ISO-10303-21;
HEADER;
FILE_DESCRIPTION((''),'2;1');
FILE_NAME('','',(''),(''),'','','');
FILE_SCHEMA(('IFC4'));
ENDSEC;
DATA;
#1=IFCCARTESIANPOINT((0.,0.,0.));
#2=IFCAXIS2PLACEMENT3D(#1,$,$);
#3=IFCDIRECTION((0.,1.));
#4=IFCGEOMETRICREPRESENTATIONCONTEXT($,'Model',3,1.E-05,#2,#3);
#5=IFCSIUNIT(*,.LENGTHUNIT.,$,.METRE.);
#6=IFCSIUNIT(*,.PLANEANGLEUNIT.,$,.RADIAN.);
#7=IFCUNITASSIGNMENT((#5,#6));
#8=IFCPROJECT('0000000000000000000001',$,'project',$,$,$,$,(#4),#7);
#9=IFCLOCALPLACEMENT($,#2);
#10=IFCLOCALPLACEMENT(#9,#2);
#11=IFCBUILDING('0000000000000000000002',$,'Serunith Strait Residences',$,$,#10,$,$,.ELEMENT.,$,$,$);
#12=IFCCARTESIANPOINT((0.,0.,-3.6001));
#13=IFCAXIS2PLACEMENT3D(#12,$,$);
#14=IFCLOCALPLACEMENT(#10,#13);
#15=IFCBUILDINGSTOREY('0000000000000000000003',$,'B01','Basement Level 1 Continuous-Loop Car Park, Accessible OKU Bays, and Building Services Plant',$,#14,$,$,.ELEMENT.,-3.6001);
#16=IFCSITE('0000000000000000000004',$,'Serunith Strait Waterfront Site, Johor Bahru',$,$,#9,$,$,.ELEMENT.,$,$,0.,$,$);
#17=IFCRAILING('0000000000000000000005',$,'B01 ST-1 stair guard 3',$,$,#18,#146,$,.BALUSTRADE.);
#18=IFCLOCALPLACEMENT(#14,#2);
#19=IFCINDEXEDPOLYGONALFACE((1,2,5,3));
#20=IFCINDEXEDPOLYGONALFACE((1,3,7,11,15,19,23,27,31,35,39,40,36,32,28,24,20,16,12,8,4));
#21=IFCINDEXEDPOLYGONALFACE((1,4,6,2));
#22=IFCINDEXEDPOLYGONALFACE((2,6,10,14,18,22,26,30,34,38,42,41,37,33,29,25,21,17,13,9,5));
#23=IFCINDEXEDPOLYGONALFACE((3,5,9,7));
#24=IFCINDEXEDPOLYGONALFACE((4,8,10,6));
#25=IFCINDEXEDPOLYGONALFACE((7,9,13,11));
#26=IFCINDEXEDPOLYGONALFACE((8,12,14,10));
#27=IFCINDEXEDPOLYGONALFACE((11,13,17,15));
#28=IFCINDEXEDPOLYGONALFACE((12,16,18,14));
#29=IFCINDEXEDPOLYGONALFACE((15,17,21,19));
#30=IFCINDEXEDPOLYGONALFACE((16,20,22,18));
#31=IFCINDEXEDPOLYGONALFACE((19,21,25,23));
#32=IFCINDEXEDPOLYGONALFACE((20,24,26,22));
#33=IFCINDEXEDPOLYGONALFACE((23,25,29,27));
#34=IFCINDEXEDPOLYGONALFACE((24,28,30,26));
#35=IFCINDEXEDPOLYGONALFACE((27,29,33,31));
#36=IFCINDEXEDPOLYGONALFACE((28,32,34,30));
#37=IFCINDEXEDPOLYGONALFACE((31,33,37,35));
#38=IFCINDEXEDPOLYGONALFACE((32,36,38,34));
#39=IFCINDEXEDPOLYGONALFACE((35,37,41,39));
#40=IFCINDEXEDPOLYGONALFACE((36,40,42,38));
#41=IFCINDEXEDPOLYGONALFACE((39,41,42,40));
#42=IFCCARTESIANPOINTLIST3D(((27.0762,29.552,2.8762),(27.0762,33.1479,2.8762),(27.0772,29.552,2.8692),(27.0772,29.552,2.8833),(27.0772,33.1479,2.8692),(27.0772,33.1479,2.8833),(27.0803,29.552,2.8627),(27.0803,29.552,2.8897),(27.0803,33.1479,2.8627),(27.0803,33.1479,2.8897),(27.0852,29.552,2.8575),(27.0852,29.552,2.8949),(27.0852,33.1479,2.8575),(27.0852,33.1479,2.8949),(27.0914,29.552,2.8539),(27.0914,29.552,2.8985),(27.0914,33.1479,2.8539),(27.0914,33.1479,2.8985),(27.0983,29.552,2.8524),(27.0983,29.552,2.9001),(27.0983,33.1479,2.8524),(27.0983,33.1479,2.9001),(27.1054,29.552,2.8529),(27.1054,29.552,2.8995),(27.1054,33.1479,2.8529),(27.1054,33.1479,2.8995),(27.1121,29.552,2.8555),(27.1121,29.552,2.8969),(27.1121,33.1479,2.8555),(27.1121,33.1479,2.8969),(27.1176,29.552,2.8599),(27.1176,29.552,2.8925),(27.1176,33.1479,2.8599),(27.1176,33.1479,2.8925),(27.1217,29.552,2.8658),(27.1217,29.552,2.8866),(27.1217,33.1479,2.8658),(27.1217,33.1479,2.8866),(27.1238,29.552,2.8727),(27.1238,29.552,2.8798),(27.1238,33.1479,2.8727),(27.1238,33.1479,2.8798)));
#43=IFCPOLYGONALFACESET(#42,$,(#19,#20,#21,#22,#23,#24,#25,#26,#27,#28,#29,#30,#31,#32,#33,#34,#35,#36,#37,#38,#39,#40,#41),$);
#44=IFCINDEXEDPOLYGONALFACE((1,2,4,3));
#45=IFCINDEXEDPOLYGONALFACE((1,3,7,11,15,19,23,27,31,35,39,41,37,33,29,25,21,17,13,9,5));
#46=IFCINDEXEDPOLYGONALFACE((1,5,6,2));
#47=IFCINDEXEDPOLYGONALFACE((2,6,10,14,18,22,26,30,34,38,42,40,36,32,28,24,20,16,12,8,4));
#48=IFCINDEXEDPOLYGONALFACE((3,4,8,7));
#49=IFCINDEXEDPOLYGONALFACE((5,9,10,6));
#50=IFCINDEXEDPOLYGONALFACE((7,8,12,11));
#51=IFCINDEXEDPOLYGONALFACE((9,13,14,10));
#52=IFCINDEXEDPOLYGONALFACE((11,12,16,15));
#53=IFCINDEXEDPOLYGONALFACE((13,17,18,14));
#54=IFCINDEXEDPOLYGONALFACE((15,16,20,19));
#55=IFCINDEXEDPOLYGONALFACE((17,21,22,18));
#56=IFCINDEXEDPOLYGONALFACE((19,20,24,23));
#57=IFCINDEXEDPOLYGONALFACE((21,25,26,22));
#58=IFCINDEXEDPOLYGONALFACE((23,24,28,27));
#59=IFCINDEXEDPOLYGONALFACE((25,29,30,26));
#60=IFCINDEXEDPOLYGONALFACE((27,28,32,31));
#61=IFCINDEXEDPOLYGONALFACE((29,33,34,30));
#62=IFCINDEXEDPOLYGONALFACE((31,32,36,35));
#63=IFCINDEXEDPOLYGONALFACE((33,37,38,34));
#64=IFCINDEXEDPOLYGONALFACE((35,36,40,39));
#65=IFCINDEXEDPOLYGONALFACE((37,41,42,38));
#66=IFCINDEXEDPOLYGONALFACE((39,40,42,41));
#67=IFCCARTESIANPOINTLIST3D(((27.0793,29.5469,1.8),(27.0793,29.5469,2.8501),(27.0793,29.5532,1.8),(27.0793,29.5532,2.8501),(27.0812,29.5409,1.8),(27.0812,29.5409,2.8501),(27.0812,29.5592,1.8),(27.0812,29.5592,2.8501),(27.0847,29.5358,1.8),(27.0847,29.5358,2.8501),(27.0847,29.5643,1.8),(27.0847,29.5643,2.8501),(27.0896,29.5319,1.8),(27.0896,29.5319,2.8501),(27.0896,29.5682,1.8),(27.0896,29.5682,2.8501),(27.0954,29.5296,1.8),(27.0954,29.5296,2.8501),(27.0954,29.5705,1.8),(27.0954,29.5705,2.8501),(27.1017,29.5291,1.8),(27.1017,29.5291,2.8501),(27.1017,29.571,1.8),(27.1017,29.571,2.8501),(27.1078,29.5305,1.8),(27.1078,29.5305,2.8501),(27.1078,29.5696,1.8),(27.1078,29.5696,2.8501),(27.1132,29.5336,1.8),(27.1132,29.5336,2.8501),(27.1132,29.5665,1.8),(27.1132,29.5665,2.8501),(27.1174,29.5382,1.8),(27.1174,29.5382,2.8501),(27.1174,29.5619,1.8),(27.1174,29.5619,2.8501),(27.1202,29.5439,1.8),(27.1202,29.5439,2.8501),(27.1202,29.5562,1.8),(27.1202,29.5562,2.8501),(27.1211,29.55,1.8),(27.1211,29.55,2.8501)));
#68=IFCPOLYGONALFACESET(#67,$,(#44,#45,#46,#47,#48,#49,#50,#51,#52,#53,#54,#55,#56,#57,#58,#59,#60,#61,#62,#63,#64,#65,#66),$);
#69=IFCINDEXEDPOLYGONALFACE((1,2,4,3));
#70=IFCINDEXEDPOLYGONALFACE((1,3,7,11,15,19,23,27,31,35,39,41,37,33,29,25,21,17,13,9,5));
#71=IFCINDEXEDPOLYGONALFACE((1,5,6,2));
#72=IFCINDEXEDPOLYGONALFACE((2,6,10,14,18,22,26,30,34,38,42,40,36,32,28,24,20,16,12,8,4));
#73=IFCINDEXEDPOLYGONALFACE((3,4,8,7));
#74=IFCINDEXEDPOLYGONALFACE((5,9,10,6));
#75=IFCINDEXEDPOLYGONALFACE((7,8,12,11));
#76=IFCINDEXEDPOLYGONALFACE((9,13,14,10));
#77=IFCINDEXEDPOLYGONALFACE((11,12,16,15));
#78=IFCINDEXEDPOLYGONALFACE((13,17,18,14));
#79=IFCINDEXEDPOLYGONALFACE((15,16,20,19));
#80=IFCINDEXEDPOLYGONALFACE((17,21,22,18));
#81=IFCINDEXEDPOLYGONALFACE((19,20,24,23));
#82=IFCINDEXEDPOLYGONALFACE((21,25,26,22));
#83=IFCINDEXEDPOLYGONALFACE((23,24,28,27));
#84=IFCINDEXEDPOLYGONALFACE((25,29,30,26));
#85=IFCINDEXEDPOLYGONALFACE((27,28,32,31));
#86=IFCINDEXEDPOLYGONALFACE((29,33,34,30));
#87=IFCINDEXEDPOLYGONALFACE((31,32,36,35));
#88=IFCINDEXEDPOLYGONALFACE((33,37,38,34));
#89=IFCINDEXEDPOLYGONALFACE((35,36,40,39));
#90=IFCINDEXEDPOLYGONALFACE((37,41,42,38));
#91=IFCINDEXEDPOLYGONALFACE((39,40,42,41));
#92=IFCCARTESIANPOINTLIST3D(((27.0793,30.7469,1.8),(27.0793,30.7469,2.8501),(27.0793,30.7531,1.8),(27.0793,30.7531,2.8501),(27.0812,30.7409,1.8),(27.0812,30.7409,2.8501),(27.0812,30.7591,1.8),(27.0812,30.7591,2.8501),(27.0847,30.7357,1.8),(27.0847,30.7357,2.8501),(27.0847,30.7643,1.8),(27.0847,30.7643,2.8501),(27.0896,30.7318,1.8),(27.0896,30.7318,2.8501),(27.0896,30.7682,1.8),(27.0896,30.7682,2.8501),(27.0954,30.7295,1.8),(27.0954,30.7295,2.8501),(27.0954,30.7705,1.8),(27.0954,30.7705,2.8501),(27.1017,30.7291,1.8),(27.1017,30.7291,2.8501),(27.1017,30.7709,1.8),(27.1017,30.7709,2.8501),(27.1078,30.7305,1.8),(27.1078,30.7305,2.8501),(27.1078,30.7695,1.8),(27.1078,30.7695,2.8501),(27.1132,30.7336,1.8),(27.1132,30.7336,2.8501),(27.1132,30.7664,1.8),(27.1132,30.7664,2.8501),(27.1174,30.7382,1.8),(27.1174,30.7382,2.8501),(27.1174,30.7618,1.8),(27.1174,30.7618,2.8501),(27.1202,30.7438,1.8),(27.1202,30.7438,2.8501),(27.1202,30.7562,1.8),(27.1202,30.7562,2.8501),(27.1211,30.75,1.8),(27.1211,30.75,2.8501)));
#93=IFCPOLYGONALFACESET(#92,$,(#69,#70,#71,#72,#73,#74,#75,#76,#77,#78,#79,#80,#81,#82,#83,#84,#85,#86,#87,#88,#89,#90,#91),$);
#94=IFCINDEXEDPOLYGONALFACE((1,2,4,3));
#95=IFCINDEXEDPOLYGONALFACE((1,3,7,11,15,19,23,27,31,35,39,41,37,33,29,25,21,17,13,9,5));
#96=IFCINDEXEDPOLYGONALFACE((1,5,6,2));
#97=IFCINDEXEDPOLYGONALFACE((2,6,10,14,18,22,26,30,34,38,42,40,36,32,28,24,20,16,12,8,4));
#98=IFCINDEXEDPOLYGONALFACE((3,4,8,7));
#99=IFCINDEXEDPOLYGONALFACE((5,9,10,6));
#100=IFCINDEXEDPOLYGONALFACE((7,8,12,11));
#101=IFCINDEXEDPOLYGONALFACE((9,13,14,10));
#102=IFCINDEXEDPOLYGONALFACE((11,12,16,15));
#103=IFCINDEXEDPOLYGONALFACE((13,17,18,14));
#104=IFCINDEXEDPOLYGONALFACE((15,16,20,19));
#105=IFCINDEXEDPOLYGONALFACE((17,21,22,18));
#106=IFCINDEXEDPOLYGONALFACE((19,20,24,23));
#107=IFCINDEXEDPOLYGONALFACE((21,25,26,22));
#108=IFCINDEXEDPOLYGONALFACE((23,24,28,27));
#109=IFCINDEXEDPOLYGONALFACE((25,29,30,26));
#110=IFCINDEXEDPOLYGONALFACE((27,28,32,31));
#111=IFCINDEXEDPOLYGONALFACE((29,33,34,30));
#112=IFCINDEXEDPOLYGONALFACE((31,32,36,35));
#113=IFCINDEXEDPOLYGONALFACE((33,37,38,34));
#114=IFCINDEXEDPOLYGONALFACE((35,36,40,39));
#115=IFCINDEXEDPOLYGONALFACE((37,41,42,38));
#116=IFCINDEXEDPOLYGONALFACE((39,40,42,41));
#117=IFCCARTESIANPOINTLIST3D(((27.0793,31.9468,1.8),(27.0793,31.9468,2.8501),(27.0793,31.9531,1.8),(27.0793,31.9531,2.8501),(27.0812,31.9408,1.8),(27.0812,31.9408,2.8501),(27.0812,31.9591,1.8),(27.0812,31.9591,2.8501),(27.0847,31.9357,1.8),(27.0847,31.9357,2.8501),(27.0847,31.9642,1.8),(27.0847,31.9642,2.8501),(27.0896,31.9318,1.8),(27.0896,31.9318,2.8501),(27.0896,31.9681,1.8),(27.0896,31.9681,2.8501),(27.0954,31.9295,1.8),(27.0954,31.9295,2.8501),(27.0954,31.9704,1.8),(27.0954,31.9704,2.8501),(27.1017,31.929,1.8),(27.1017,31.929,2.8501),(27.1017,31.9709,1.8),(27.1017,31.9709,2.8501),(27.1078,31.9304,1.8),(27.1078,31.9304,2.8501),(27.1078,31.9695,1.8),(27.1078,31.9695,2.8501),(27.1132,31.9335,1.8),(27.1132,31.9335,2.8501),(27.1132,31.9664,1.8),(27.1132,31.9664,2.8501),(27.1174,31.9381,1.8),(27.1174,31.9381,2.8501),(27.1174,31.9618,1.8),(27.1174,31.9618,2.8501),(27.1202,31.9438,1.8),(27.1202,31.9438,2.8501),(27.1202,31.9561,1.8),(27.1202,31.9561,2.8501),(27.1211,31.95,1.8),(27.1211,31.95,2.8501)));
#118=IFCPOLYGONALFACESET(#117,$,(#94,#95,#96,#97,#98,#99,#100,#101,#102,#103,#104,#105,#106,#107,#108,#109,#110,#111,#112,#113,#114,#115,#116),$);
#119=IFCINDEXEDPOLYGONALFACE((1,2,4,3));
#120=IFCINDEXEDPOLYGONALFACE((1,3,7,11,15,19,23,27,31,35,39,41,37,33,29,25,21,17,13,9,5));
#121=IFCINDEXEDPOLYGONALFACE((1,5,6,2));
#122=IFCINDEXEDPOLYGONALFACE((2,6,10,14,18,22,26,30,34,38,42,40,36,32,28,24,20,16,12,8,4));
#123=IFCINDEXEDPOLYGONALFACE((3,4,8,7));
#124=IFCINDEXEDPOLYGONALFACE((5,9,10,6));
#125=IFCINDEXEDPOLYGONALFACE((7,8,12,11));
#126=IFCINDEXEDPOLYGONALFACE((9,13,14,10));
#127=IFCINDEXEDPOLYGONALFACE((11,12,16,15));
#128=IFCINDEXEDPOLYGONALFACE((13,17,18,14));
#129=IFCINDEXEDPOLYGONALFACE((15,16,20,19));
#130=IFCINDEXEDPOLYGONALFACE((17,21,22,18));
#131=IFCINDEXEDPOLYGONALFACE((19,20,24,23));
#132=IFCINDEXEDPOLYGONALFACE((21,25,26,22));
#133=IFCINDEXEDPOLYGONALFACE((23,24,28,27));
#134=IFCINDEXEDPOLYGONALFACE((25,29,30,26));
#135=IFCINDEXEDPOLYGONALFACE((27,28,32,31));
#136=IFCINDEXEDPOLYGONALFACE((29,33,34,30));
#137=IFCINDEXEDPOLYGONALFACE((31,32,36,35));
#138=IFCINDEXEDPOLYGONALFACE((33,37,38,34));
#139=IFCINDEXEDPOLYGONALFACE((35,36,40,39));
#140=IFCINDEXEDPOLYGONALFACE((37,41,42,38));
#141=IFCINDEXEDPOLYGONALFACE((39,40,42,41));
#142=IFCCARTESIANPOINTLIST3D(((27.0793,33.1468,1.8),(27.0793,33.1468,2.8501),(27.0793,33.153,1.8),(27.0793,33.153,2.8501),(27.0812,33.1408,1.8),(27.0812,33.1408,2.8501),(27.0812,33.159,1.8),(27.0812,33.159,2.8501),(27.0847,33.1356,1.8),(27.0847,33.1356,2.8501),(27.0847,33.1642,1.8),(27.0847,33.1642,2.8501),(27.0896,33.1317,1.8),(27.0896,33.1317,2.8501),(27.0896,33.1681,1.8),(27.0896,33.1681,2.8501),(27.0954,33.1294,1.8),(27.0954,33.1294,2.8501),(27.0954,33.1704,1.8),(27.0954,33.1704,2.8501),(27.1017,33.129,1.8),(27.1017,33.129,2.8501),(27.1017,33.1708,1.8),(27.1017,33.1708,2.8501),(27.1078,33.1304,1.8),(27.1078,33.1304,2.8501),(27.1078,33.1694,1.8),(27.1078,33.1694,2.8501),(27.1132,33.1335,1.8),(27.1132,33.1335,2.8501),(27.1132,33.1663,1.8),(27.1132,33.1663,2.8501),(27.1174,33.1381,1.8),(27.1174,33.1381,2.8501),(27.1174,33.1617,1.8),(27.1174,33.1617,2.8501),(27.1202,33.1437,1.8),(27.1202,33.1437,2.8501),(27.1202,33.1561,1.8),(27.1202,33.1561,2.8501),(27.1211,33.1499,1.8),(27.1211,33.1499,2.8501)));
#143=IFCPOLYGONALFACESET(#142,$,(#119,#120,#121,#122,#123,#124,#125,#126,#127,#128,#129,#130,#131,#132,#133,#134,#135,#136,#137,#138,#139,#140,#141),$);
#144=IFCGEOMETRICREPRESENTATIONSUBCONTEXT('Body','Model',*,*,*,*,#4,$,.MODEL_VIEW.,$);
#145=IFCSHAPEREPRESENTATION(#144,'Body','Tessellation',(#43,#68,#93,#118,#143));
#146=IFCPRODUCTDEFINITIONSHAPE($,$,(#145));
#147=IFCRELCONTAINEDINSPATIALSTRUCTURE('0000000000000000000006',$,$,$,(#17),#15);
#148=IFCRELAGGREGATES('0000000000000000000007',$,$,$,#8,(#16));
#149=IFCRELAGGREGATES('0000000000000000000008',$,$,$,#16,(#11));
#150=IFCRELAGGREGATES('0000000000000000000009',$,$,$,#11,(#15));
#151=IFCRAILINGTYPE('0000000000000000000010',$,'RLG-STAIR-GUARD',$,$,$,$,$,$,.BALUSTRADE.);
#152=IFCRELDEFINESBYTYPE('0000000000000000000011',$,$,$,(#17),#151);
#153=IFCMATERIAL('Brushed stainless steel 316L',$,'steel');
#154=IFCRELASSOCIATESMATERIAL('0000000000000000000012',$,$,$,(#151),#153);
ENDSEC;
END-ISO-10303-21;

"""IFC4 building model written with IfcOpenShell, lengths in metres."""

from ifc_helpers import new_model, si_unit, direction, frame, origin, origin_2d, place, context, subcontext, project, spatial, circle, extrude, material, type_object, element, save


model = new_model("IFC4")

# Units and contexts
model_context = context("Model", 3, precision=1e-05, world=origin(), true_north=direction((0.0, 1.0)))
body_context = subcontext(model_context, "Body", "Model", "MODEL_VIEW")
ifc_project = project(units=[si_unit("LENGTHUNIT", "METRE"), si_unit("PLANEANGLEUNIT", "RADIAN")], contexts=[model_context])

# Site, building, storey
site_placement = place(None, origin())
site = spatial("IfcSite", under=ifc_project, at=site_placement, Name="Serunith Strait Waterfront Site, Johor Bahru", CompositionType="ELEMENT", RefElevation=0.0)
building_placement = place(site_placement, origin())
building = spatial("IfcBuilding", under=site, at=building_placement, Name="Serunith Strait Residences", CompositionType="ELEMENT")
storey_placement = place(building_placement, frame((0.0, 0.0, -3.6001)))
storey = spatial("IfcBuildingStorey", under=building, at=storey_placement, Name="B01", Description="Basement Level 1 Continuous-Loop Car Park, Accessible OKU Bays, and Building Services Plant", CompositionType="ELEMENT", Elevation=-3.6001)

# Railing
ifc_material_1 = material(Name="Brushed stainless steel 316L", Category="steel")
railing_type_1 = type_object("IfcRailingType", Name="RLG-STAIR-GUARD", PredefinedType="BALUSTRADE", material=ifc_material_1)
for number, where, name in (
    (1, (27.1001, 29.55, 1.8), "B01 ST-1 stair guard 3"),
):
    element("IfcRailing", number, at=place(storey_placement, frame(where)), inside=storey, type_object=railing_type_1, Name=name, PredefinedType="BALUSTRADE", context=body_context, shape_type="SweptSolid", body=[
        extrude(circle(Radius=0.0239, at=origin_2d()), frame((0.0, 0.002, 1.0762), z_axis=(0.0, 1.0, 0.0), x_axis=(-1.0, 0.0, 0.0)), (0.0, 0.0, 1.0), 3.5959),
        extrude(circle(Radius=0.021, at=origin_2d()), origin(), (0.0, 0.0, 1.0), 1.05),
        extrude(circle(Radius=0.021, at=origin_2d()), frame((0.0, 1.2, 0.0)), (0.0, 0.0, 1.0), 1.05),
        extrude(circle(Radius=0.021, at=origin_2d()), frame((0.0, 2.3999, 0.0)), (0.0, 0.0, 1.0), 1.05),
        extrude(circle(Radius=0.021, at=origin_2d()), frame((0.0, 3.5999, 0.0)), (0.0, 0.0, 1.0), 1.05),
    ])

save(model, "model.ifc")
